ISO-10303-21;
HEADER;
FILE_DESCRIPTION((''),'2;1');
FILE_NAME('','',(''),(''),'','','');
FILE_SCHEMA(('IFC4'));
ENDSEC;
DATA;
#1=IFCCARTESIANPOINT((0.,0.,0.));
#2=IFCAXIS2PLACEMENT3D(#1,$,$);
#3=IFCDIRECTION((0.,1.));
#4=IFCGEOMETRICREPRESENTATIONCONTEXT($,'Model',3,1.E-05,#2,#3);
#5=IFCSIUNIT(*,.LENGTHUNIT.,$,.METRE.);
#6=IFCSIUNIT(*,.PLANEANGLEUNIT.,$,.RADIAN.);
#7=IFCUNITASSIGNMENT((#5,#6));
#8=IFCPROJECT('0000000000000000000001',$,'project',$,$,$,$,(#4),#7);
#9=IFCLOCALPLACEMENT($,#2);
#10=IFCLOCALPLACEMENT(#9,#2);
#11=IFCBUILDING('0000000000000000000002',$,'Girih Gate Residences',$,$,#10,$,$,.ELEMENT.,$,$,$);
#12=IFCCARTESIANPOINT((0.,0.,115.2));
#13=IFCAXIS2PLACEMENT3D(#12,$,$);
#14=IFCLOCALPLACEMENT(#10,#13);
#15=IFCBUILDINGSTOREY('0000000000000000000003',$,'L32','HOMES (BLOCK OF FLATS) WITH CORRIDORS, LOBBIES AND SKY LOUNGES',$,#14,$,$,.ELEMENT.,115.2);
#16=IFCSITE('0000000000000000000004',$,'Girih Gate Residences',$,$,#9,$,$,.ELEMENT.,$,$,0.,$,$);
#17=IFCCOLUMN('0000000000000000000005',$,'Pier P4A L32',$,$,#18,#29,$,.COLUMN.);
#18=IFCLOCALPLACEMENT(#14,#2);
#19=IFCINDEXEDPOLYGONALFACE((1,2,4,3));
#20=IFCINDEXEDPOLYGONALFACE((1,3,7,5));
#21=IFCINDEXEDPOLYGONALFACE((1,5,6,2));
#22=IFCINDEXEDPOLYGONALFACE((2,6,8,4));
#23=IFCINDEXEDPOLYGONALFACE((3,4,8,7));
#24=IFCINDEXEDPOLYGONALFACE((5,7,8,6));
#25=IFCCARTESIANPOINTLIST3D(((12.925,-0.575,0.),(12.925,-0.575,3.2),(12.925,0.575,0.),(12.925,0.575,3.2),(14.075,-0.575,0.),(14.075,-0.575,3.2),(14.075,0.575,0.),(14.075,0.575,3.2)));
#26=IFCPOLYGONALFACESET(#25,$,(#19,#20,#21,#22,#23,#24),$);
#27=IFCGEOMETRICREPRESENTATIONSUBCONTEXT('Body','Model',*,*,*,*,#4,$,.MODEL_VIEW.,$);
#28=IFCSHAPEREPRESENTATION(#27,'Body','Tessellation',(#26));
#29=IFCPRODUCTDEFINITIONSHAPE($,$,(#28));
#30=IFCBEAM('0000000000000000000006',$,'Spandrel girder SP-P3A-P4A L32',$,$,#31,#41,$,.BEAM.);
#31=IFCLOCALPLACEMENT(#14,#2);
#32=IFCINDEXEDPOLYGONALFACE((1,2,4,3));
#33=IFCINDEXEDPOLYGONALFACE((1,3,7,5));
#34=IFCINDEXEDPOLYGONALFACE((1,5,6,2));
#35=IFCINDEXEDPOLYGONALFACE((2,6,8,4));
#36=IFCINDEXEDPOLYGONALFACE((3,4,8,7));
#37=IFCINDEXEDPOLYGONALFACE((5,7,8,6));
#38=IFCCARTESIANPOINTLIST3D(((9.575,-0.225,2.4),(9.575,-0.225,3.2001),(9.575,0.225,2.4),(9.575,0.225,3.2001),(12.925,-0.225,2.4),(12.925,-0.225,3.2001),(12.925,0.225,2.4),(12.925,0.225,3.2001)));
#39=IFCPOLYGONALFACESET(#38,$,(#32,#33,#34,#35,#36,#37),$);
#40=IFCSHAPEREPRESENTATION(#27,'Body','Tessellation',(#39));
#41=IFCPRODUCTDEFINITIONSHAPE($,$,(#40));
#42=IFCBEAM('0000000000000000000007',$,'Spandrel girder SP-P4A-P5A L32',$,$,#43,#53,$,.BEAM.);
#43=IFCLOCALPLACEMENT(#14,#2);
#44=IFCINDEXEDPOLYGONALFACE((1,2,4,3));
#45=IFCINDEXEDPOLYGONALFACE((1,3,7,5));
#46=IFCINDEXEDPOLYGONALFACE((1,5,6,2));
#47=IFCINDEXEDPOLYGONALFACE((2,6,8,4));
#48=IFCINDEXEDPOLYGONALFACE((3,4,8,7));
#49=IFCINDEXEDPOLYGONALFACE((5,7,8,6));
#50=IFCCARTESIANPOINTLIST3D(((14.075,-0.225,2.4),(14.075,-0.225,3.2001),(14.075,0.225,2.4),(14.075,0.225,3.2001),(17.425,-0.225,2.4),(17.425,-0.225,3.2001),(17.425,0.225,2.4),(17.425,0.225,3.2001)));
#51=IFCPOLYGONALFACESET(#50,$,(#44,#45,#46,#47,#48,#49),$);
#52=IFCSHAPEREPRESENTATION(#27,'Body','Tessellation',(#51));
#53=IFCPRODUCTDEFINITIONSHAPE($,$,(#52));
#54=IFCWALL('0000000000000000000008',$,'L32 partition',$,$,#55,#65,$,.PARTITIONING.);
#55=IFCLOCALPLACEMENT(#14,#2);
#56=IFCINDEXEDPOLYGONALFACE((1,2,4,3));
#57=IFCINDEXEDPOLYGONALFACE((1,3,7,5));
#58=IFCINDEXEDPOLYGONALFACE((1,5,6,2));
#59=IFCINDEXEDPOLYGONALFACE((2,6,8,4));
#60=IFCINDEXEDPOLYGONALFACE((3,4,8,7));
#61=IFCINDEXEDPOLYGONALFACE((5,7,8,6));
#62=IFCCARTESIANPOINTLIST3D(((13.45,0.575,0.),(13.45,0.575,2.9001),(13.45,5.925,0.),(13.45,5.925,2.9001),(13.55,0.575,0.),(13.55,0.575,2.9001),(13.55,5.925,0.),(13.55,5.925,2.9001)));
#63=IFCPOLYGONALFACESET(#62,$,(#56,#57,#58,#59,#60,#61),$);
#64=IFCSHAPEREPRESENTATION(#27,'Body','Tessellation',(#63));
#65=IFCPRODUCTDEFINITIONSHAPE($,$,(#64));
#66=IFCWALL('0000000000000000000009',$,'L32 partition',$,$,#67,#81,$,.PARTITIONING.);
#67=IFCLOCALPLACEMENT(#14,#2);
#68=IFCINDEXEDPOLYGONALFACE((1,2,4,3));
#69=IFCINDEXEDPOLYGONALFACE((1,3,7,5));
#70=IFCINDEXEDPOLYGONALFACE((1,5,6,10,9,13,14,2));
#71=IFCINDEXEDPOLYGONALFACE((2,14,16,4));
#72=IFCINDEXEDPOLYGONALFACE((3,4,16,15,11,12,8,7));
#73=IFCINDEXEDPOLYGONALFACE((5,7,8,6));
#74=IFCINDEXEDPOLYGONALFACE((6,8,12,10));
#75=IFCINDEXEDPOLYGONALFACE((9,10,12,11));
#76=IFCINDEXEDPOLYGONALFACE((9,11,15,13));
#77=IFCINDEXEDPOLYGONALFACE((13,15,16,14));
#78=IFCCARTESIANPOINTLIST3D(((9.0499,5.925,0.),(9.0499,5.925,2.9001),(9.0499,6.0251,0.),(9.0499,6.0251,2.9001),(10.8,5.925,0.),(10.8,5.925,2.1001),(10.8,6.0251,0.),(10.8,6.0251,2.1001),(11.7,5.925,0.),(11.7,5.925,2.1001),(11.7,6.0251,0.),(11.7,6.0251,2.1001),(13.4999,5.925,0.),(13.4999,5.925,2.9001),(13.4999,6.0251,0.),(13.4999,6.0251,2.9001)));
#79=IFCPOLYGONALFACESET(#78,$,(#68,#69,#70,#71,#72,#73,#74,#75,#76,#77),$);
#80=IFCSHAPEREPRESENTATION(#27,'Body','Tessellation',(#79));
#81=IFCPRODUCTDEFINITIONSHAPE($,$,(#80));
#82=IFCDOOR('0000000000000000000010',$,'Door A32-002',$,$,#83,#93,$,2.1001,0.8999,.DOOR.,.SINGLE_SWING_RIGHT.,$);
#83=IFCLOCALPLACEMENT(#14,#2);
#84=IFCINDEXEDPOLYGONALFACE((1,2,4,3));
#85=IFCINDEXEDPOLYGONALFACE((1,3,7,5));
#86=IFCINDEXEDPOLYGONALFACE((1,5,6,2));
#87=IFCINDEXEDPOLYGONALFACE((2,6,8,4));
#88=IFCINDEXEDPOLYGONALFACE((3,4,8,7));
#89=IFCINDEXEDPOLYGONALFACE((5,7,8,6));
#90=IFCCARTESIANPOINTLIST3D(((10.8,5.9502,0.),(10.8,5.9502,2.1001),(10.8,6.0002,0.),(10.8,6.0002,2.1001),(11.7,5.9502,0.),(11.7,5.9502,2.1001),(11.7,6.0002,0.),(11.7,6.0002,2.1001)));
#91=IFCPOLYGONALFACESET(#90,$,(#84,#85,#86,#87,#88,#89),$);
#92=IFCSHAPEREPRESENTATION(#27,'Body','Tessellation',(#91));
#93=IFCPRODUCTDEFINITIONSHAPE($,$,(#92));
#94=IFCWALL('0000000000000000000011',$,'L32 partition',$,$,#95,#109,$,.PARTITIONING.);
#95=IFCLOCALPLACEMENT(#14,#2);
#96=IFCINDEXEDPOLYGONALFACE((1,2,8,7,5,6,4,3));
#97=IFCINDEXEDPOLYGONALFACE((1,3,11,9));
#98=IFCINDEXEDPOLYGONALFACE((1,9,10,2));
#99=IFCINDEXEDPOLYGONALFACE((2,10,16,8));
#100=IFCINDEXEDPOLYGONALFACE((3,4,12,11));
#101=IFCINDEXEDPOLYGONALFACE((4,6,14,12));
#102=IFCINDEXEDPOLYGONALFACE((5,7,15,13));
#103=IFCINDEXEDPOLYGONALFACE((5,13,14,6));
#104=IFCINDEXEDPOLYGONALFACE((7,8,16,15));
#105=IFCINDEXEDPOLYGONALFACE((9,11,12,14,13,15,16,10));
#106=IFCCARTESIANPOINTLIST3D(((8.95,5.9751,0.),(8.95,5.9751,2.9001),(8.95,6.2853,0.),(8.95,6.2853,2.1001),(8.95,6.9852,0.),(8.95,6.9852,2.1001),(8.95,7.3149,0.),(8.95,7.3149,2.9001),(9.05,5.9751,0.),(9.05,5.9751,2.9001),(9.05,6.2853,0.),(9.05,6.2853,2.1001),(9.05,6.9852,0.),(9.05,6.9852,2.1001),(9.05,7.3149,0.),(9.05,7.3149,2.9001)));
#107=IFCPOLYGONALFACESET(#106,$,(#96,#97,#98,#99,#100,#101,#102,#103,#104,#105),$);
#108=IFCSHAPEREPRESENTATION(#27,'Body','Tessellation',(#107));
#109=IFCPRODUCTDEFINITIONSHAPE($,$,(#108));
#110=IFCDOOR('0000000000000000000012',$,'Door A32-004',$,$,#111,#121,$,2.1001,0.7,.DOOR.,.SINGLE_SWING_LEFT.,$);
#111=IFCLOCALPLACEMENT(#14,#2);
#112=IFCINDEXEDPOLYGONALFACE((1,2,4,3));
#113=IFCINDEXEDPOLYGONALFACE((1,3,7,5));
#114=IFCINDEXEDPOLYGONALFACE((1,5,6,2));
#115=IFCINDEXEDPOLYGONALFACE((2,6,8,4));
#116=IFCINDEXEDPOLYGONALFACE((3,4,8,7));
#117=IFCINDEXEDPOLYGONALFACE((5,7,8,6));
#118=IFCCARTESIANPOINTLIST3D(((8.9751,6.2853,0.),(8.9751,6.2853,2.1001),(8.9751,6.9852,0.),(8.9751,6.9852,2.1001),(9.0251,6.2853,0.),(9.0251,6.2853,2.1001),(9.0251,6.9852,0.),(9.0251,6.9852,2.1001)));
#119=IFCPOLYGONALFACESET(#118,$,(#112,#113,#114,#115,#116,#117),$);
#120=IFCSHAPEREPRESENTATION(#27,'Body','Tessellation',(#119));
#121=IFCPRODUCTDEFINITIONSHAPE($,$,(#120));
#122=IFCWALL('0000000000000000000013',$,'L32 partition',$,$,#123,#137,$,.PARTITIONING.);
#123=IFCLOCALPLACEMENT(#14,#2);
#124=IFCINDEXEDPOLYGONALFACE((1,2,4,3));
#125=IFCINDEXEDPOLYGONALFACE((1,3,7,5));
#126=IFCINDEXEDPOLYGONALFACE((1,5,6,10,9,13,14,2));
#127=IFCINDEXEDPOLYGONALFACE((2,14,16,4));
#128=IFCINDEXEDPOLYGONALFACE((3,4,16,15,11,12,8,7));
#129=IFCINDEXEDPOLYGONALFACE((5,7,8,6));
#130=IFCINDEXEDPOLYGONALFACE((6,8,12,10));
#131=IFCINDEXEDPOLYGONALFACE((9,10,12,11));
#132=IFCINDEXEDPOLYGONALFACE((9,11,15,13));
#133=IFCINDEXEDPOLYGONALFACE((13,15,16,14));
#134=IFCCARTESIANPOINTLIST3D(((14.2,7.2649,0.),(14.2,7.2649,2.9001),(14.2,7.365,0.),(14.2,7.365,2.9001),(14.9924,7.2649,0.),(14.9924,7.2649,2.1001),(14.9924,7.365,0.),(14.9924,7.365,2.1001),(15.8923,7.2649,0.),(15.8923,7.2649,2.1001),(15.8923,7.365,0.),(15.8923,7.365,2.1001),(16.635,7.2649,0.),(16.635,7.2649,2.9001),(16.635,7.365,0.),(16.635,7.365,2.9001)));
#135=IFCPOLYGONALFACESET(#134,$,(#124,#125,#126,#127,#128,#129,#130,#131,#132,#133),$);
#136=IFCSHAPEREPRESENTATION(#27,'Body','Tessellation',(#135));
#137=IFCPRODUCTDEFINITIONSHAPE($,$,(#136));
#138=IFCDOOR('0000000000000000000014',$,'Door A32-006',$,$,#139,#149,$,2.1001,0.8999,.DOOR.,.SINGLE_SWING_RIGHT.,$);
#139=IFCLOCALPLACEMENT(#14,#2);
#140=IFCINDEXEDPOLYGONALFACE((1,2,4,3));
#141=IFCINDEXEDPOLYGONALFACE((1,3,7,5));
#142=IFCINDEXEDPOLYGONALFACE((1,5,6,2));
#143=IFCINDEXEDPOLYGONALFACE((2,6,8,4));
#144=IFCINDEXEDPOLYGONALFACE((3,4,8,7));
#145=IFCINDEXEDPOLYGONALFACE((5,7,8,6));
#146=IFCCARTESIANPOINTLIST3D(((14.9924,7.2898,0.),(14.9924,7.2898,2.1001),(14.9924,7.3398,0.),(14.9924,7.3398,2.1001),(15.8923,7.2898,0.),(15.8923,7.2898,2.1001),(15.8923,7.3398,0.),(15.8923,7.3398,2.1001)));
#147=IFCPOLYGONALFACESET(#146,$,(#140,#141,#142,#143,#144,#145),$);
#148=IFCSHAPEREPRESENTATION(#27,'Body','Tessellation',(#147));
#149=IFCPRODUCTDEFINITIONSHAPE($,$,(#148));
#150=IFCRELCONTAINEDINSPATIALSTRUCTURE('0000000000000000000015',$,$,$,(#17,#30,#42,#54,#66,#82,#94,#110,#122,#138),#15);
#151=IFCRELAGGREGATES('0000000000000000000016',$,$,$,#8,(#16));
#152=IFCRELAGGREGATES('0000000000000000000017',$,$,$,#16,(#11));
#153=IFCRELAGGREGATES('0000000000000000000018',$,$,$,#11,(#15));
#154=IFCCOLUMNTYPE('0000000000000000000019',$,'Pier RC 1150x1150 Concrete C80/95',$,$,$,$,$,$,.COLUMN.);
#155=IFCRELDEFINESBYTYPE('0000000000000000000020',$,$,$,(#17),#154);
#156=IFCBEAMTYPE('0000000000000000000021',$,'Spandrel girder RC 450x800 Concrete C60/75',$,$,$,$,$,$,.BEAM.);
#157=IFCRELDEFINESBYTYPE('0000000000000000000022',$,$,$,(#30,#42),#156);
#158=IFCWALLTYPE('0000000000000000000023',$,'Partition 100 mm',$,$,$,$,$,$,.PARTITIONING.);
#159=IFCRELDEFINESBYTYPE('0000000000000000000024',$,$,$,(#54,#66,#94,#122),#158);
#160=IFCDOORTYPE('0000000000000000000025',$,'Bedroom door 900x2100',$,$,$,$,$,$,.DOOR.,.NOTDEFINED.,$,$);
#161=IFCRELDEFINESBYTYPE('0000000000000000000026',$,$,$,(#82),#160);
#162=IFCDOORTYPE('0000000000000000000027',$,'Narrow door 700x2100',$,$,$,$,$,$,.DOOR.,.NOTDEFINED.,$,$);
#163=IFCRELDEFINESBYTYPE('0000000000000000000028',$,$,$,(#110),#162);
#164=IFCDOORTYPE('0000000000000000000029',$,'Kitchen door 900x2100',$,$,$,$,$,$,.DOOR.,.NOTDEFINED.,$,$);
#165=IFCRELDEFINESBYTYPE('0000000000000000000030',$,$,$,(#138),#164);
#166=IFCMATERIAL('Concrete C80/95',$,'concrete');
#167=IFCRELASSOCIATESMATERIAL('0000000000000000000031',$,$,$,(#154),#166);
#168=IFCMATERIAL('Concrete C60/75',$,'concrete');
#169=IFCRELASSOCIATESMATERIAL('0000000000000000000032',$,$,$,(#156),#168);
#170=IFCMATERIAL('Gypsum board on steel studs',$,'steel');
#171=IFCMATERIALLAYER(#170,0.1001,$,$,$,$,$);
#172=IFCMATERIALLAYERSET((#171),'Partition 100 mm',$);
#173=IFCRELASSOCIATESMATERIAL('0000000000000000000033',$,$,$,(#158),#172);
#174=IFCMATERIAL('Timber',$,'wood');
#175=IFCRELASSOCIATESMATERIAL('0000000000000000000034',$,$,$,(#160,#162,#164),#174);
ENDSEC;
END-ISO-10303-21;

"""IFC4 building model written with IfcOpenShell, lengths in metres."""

from ifc_helpers import new_model, si_unit, direction, frame, frame_2d, origin, origin_2d, place, context, subcontext, project, spatial, rectangle, extrude, material, layer, layer_set, material_profile, profile_set, type_object, element, fill, save


model = new_model("IFC4")

# Units and contexts
model_context = context("Model", 3, precision=1e-05, world=origin(), true_north=direction((0.0, 1.0)))
body_context = subcontext(model_context, "Body", "Model", "MODEL_VIEW")
ifc_project = project(units=[si_unit("LENGTHUNIT", "METRE"), si_unit("PLANEANGLEUNIT", "RADIAN")], contexts=[model_context])

# Site, building, storey
site_placement = place(None, origin())
site = spatial("IfcSite", under=ifc_project, at=site_placement, Name="Girih Gate Residences", CompositionType="ELEMENT", RefElevation=0.0)
building_placement = place(site_placement, origin())
building = spatial("IfcBuilding", under=site, at=building_placement, Name="Girih Gate Residences", CompositionType="ELEMENT")
storey_placement = place(building_placement, frame((0.0, 0.0, 115.2)))
storey = spatial("IfcBuildingStorey", under=building, at=storey_placement, Name="L32", Description="HOMES (BLOCK OF FLATS) WITH CORRIDORS, LOBBIES AND SKY LOUNGES", CompositionType="ELEMENT", Elevation=115.2)

# Column
ifc_material_1 = material(Name="Concrete C80/95", Category="concrete")
ifc_material_profile_1 = material_profile(ifc_material_1, rectangle(XDim=1.1499, YDim=1.1499, at=origin_2d()))
ifc_profile_set_1 = profile_set([ifc_material_profile_1], Name="Concrete C80/95")
column_type = type_object("IfcColumnType", Name="Pier RC 1150x1150 Concrete C80/95", PredefinedType="COLUMN", material=ifc_profile_set_1)
column_placement = place(storey_placement, frame((13.5, 0.0, 0.0), z_axis=(0.0, 0.0, 1.0), x_axis=(1.0, 0.0, 0.0)))
element("IfcColumn", 1, at=column_placement, inside=storey, type_object=column_type, Name="Pier P4A L32", PredefinedType="COLUMN", context=body_context, shape_type="SweptSolid", body=[
    extrude(rectangle(XDim=1.1499, YDim=1.1499, at=origin_2d()), origin(), (0.0, 0.0, 1.0), 3.2),
])

# Beams
ifc_material_2 = material(Name="Concrete C60/75", Category="concrete")
ifc_material_profile_2 = material_profile(ifc_material_2, rectangle(XDim=0.45, YDim=0.8, at=origin_2d()))
ifc_profile_set_2 = profile_set([ifc_material_profile_2], Name="Concrete C60/75")
beam_type = type_object("IfcBeamType", Name="Spandrel girder RC 450x800 Concrete C60/75", PredefinedType="BEAM", material=ifc_profile_set_2)
for number, where, z_axis, x_axis, name in (
    (2, (9.575, 0.0, 2.8), (1.0, 0.0, 0.0), (0.0, 1.0, 0.0), "Spandrel girder SP-P3A-P4A L32"),
    (3, (14.075, 0.0, 2.8), (1.0, 0.0, 0.0), (0.0, 1.0, 0.0), "Spandrel girder SP-P4A-P5A L32"),
):
    element("IfcBeam", number, at=place(storey_placement, frame(where, z_axis=z_axis, x_axis=x_axis)), inside=storey, type_object=beam_type, Name=name, PredefinedType="BEAM", context=body_context, shape_type="SweptSolid", body=[
        extrude(rectangle(XDim=0.45, YDim=0.8, at=origin_2d()), origin(), (0.0, 0.0, 1.0), 3.3501),
    ])

# Wall
ifc_material_3 = material(Name="Gypsum board on steel studs", Category="steel")
ifc_layer_1 = layer(ifc_material_3, 0.1001)
ifc_layer_set_1 = layer_set([ifc_layer_1], Name="Partition 100 mm")
wall_type_1 = type_object("IfcWallType", Name="Partition 100 mm", PredefinedType="PARTITIONING", material=ifc_layer_set_1)
wall_1_placement = place(storey_placement, frame((13.5, 0.575, 0.0), z_axis=(0.0, 0.0, 1.0), x_axis=(0.0, 1.0, 0.0)))
element("IfcWall", 4, at=wall_1_placement, inside=storey, type_object=wall_type_1, Name="L32 partition", PredefinedType="PARTITIONING", context=body_context, shape_type="SweptSolid", body=[
    extrude(rectangle(XDim=5.3501, YDim=0.1001, at=frame_2d((2.675, 0.0))), origin(), (0.0, 0.0, 1.0), 2.9001),
])

# Walls, openings, doors
wall_2_placement = place(storey_placement, frame((13.5, 5.9751, 0.0), z_axis=(0.0, 0.0, 1.0), x_axis=(-1.0, 0.0, 0.0)))
wall_2 = element("IfcWall", 5, at=wall_2_placement, inside=storey, type_object=wall_type_1, Name="L32 partition", PredefinedType="PARTITIONING", context=body_context, shape_type="SweptSolid", body=[
    extrude(rectangle(XDim=4.45, YDim=0.1001, at=frame_2d((2.2251, 0.0))), origin(), (0.0, 0.0, 1.0), 2.9001),
])
opening_1_placement = place(wall_2_placement, frame((1.8, 0.0, 0.0)))
opening_1 = element("IfcOpeningElement", 6, at=opening_1_placement, cuts=wall_2, PredefinedType="OPENING", context=body_context, shape_type="SweptSolid", body=[
    extrude(rectangle(XDim=0.8999, YDim=2.1001, at=frame_2d((0.45, 1.05))), frame((0.0, 0.0601, 0.0), z_axis=(0.0, -1.0, 0.0), x_axis=(1.0, 0.0, 0.0)), (0.0, 0.0, 1.0), 0.1201),
])
ifc_material_4 = material(Name="Timber", Category="wood")
door_type_1 = type_object("IfcDoorType", Name="Bedroom door 900x2100", OperationType="NOTDEFINED", PredefinedType="DOOR", material=ifc_material_4)
door_1_placement = place(opening_1_placement, origin())
door_1 = element("IfcDoor", 7, at=door_1_placement, inside=storey, type_object=door_type_1, Name="Door A32-002", OperationType="SINGLE_SWING_RIGHT", OverallHeight=2.1001, OverallWidth=0.8999, PredefinedType="DOOR", context=body_context, shape_type="SweptSolid", body=[
    extrude(rectangle(XDim=0.8999, YDim=2.1001, at=frame_2d((0.45, 1.05))), frame((0.0, 0.0249, 0.0), z_axis=(0.0, -1.0, 0.0), x_axis=(1.0, 0.0, 0.0)), (0.0, 0.0, 1.0), 0.05),
])
fill(opening_1, door_1)
wall_3_placement = place(storey_placement, frame((9.0, 5.9751, 0.0), z_axis=(0.0, 0.0, 1.0), x_axis=(0.0, 1.0, 0.0)))
wall_3 = element("IfcWall", 8, at=wall_3_placement, inside=storey, type_object=wall_type_1, Name="L32 partition", PredefinedType="PARTITIONING", context=body_context, shape_type="SweptSolid", body=[
    extrude(rectangle(XDim=1.3398, YDim=0.1001, at=frame_2d((0.6699, 0.0))), origin(), (0.0, 0.0, 1.0), 2.9001),
])
opening_2_placement = place(wall_3_placement, frame((0.3101, 0.0, 0.0)))
opening_2 = element("IfcOpeningElement", 9, at=opening_2_placement, cuts=wall_3, PredefinedType="OPENING", context=body_context, shape_type="SweptSolid", body=[
    extrude(rectangle(XDim=0.7, YDim=2.1001, at=frame_2d((0.3501, 1.05))), frame((0.0, 0.0601, 0.0), z_axis=(0.0, -1.0, 0.0), x_axis=(1.0, 0.0, 0.0)), (0.0, 0.0, 1.0), 0.1201),
])
door_type_2 = type_object("IfcDoorType", Name="Narrow door 700x2100", OperationType="NOTDEFINED", PredefinedType="DOOR", material=ifc_material_4)
door_2_placement = place(opening_2_placement, origin())
door_2 = element("IfcDoor", 10, at=door_2_placement, inside=storey, type_object=door_type_2, Name="Door A32-004", OperationType="SINGLE_SWING_LEFT", OverallHeight=2.1001, OverallWidth=0.7, PredefinedType="DOOR", context=body_context, shape_type="SweptSolid", body=[
    extrude(rectangle(XDim=0.7, YDim=2.1001, at=frame_2d((0.3501, 1.05))), frame((0.0, 0.0249, 0.0), z_axis=(0.0, -1.0, 0.0), x_axis=(1.0, 0.0, 0.0)), (0.0, 0.0, 1.0), 0.05),
])
fill(opening_2, door_2)
wall_4_placement = place(storey_placement, frame((14.2, 7.3149, 0.0), z_axis=(0.0, 0.0, 1.0), x_axis=(1.0, 0.0, 0.0)))
wall_4 = element("IfcWall", 11, at=wall_4_placement, inside=storey, type_object=wall_type_1, Name="L32 partition", PredefinedType="PARTITIONING", context=body_context, shape_type="SweptSolid", body=[
    extrude(rectangle(XDim=2.4351, YDim=0.1001, at=frame_2d((1.2175, 0.0))), origin(), (0.0, 0.0, 1.0), 2.9001),
])
opening_3_placement = place(wall_4_placement, frame((0.7925, 0.0, 0.0)))
opening_3 = element("IfcOpeningElement", 12, at=opening_3_placement, cuts=wall_4, PredefinedType="OPENING", context=body_context, shape_type="SweptSolid", body=[
    extrude(rectangle(XDim=0.8999, YDim=2.1001, at=frame_2d((0.45, 1.05))), frame((0.0, 0.0601, 0.0), z_axis=(0.0, -1.0, 0.0), x_axis=(1.0, 0.0, 0.0)), (0.0, 0.0, 1.0), 0.1201),
])
door_type_3 = type_object("IfcDoorType", Name="Kitchen door 900x2100", OperationType="NOTDEFINED", PredefinedType="DOOR", material=ifc_material_4)
door_3_placement = place(opening_3_placement, origin())
door_3 = element("IfcDoor", 13, at=door_3_placement, inside=storey, type_object=door_type_3, Name="Door A32-006", OperationType="SINGLE_SWING_RIGHT", OverallHeight=2.1001, OverallWidth=0.8999, PredefinedType="DOOR", context=body_context, shape_type="SweptSolid", body=[
    extrude(rectangle(XDim=0.8999, YDim=2.1001, at=frame_2d((0.45, 1.05))), frame((0.0, 0.0249, 0.0), z_axis=(0.0, -1.0, 0.0), x_axis=(1.0, 0.0, 0.0)), (0.0, 0.0, 1.0), 0.05),
])
fill(opening_3, door_3)

save(model, "model.ifc")
